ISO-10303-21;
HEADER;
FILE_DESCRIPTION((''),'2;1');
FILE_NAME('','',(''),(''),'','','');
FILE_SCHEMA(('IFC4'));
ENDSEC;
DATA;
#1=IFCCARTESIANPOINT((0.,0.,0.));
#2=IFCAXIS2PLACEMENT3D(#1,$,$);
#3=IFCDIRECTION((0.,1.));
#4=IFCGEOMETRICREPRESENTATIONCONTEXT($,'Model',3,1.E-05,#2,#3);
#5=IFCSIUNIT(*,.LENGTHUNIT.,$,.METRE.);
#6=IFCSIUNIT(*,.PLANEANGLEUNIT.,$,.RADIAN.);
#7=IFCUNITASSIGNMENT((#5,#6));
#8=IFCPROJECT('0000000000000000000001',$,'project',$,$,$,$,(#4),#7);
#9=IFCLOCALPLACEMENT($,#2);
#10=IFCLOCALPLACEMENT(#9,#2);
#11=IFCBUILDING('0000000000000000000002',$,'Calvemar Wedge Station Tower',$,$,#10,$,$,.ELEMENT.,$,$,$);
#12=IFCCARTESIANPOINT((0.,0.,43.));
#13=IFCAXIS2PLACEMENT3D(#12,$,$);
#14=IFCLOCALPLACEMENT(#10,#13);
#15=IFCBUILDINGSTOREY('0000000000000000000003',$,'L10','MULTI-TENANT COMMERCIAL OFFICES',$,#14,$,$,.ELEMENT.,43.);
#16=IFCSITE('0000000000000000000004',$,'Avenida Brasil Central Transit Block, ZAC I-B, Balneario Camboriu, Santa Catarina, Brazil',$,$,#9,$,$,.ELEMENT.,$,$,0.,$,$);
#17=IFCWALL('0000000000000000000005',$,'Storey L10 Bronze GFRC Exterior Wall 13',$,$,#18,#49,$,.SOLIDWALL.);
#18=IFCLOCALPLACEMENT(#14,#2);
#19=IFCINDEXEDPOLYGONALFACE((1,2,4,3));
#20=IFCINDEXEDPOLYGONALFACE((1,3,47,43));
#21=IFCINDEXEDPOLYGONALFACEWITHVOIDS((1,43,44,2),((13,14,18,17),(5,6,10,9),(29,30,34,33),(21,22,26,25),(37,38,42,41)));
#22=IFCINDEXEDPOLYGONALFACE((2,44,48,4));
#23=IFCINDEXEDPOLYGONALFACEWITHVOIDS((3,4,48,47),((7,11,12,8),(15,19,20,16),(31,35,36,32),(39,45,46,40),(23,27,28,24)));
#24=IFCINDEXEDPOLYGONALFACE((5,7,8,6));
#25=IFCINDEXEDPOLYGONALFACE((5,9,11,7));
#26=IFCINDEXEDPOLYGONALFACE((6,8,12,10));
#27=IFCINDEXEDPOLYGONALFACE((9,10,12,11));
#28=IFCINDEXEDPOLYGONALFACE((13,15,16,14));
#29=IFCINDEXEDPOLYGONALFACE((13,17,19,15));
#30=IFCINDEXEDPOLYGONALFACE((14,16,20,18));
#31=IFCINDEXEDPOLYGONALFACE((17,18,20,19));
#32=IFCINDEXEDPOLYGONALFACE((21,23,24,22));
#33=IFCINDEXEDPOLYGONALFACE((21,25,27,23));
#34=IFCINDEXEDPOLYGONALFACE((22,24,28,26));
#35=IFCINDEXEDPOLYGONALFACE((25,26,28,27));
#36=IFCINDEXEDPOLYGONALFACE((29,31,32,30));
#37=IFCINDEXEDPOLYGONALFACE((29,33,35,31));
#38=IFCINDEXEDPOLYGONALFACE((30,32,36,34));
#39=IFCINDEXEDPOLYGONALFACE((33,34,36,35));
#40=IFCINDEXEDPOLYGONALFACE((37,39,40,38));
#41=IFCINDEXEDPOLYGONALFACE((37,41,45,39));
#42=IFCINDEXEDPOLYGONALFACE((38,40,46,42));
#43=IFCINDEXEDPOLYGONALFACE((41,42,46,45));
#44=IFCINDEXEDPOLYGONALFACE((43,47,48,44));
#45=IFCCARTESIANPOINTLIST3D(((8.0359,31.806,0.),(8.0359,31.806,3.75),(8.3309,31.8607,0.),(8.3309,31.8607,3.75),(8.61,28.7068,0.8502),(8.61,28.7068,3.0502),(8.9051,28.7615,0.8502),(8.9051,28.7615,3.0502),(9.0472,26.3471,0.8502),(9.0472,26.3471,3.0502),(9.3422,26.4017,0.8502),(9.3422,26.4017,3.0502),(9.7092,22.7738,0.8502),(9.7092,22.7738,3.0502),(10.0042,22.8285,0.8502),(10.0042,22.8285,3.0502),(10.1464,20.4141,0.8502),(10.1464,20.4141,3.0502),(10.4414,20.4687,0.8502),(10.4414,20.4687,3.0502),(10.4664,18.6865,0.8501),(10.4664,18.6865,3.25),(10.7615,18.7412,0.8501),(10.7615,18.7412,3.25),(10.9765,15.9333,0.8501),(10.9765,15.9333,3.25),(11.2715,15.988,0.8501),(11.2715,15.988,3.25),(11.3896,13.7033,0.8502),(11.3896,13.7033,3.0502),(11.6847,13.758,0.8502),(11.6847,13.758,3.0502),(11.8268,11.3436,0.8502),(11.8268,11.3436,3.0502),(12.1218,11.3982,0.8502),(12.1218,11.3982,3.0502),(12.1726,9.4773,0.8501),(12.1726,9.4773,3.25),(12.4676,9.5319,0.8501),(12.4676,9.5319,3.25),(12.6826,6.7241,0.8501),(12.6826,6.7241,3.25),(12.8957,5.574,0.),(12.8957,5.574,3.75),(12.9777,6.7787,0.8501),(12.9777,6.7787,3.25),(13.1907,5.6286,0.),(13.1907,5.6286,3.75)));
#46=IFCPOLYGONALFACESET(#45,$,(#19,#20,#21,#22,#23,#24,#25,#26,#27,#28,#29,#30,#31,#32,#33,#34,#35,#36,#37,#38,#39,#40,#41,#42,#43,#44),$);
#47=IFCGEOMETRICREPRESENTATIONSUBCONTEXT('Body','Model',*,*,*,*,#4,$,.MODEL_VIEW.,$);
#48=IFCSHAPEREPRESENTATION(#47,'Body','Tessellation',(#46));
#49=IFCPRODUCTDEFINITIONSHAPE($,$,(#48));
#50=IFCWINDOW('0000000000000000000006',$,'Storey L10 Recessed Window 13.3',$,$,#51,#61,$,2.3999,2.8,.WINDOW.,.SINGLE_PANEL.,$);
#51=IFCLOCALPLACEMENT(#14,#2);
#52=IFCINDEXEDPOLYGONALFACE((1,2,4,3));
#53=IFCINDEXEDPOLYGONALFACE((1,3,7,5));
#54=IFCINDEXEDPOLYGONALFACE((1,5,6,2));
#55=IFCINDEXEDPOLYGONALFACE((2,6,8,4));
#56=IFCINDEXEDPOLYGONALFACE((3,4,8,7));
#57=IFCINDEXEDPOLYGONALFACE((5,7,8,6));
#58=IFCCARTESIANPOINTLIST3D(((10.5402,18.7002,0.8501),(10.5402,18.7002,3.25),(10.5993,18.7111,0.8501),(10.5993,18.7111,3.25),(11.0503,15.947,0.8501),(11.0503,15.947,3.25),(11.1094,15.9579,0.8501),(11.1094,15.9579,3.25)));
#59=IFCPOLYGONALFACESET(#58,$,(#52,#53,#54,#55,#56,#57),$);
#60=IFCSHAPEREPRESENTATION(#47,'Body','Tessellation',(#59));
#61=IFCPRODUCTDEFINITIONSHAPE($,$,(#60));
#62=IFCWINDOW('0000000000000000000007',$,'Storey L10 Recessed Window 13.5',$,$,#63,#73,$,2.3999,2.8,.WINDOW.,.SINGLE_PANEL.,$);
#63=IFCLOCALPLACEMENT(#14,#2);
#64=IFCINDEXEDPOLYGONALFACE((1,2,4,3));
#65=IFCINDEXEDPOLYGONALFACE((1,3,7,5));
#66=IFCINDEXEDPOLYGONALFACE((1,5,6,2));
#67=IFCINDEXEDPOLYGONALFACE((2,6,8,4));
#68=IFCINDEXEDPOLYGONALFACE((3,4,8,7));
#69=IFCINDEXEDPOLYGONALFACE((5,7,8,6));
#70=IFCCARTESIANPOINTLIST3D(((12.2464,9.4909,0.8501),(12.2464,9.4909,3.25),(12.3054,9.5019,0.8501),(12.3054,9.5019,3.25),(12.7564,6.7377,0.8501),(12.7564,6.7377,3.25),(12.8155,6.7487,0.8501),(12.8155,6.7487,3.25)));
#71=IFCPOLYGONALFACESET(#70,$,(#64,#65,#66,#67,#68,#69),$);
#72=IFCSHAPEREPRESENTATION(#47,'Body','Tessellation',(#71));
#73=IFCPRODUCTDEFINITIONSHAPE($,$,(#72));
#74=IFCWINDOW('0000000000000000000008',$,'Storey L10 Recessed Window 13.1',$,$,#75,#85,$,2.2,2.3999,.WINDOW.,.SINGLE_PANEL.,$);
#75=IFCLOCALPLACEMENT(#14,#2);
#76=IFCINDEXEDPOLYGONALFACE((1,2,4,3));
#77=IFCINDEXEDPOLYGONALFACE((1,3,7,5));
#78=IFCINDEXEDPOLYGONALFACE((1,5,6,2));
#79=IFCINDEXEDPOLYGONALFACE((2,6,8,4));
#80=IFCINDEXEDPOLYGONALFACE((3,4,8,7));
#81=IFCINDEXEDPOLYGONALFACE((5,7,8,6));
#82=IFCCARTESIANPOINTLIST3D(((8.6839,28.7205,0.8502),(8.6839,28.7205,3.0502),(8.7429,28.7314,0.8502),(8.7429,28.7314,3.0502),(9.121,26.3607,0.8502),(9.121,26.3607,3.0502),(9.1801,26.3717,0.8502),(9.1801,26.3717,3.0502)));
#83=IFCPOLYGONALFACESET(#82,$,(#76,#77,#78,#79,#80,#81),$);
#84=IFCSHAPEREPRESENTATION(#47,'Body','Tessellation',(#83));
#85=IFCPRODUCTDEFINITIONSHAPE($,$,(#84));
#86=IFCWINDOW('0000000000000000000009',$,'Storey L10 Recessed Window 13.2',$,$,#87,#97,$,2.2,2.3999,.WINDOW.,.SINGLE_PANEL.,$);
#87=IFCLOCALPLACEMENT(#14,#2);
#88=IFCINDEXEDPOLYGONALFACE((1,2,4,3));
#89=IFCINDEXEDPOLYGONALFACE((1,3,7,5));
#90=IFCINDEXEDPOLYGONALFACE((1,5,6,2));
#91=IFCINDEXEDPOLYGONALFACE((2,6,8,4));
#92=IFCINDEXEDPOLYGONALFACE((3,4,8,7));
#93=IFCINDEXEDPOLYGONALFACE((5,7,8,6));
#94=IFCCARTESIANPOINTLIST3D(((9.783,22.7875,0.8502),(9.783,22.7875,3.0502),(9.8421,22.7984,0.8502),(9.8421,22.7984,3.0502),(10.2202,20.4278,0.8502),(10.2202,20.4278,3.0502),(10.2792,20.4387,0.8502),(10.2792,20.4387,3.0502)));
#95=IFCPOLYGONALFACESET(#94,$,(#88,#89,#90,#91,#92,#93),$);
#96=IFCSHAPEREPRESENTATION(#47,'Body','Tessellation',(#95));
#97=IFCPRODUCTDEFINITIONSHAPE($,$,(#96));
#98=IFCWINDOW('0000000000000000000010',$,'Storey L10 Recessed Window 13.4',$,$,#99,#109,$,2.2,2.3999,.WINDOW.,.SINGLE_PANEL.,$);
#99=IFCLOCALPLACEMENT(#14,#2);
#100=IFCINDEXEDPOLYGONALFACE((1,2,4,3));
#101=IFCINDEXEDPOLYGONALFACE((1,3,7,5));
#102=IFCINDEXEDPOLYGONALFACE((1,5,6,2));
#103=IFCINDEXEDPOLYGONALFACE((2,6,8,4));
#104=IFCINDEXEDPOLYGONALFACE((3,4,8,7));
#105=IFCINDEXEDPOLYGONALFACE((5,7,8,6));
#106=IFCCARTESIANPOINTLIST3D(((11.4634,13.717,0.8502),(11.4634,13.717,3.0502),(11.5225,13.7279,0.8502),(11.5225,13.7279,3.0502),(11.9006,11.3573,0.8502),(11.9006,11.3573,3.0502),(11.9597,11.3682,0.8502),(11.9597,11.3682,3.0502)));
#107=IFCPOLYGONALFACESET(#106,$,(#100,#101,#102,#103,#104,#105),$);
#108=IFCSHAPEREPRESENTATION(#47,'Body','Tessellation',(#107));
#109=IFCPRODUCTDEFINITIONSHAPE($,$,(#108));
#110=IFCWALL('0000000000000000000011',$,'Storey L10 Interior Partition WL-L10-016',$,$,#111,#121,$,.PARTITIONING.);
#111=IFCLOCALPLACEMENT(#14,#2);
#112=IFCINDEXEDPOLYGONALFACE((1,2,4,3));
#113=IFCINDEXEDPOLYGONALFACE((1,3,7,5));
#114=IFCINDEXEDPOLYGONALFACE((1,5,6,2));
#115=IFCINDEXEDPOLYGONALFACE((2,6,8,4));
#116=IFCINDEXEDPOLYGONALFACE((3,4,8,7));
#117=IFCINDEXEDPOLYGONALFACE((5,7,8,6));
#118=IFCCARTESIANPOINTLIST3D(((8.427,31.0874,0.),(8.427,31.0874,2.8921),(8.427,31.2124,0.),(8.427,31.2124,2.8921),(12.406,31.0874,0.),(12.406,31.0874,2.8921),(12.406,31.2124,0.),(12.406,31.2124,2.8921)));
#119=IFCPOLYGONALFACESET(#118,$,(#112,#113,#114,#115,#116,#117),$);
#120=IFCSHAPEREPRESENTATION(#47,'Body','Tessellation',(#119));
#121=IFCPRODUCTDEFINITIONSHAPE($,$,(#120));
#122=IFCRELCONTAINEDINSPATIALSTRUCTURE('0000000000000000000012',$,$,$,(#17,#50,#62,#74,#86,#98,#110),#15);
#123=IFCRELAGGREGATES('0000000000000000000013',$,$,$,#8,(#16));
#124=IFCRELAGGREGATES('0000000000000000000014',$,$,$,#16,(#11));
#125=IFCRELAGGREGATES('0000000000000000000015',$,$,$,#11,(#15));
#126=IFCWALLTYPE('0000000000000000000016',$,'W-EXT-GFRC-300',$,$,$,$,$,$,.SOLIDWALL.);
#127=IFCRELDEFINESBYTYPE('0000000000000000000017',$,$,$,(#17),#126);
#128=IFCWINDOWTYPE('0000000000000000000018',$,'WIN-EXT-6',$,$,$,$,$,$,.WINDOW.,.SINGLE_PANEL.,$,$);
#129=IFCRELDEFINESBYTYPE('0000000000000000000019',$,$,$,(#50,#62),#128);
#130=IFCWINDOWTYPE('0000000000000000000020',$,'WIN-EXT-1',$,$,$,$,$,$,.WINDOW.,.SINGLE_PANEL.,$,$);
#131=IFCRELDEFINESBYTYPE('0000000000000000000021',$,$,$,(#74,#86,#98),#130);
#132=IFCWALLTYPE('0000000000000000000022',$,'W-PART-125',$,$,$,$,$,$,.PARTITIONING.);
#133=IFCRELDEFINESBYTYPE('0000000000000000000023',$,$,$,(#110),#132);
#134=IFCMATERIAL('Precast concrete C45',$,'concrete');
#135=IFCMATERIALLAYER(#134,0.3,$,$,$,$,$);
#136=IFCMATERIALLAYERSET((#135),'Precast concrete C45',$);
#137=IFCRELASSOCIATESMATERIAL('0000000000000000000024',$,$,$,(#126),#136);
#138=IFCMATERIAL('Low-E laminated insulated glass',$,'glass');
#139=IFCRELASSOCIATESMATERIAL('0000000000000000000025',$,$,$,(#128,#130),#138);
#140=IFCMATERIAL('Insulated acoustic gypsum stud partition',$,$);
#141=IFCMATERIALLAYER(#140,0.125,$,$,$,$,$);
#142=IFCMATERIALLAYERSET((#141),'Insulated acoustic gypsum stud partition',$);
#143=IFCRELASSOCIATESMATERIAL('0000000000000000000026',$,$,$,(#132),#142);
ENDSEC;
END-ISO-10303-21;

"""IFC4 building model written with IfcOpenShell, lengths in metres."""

from ifc_helpers import new_model, si_unit, direction, frame, frame_2d, origin, place, context, subcontext, project, spatial, rectangle, extrude, source, transform, mapped, material, layer, layer_set, type_object, element, fill, save


model = new_model("IFC4")

# Units and contexts
model_context = context("Model", 3, precision=1e-05, world=origin(), true_north=direction((0.0, 1.0)))
body_context = subcontext(model_context, "Body", "Model", "MODEL_VIEW")
ifc_project = project(units=[si_unit("LENGTHUNIT", "METRE"), si_unit("PLANEANGLEUNIT", "RADIAN")], contexts=[model_context])

# Site, building, storey
site_placement = place(None, origin())
site = spatial("IfcSite", under=ifc_project, at=site_placement, Name="Avenida Brasil Central Transit Block, ZAC I-B, Balneario Camboriu, Santa Catarina, Brazil", CompositionType="ELEMENT", RefElevation=0.0)
building_placement = place(site_placement, origin())
building = spatial("IfcBuilding", under=site, at=building_placement, Name="Calvemar Wedge Station Tower", CompositionType="ELEMENT")
storey_placement = place(building_placement, frame((0.0, 0.0, 43.0)))
storey = spatial("IfcBuildingStorey", under=building, at=storey_placement, Name="L10", Description="MULTI-TENANT COMMERCIAL OFFICES", CompositionType="ELEMENT", Elevation=43.0)

# Wall, openings, windows
ifc_material_1 = material(Name="Precast concrete C45", Category="concrete")
ifc_layer_1 = layer(ifc_material_1, 0.3)
ifc_layer_set_1 = layer_set([ifc_layer_1], Name="Precast concrete C45")
wall_type_1 = type_object("IfcWallType", Name="W-EXT-GFRC-300", PredefinedType="SOLIDWALL", material=ifc_layer_set_1)
wall_1_placement = place(storey_placement, frame((8.1833, 31.8335, 0.0), z_axis=(0.0, 0.0, 1.0), x_axis=(0.182164, -0.983268, 0.0)))
wall_1 = element("IfcWall", 1, at=wall_1_placement, inside=storey, type_object=wall_type_1, Name="Storey L10 Bronze GFRC Exterior Wall 13", PredefinedType="SOLIDWALL", context=body_context, shape_type="SweptSolid", body=[
    extrude(rectangle(XDim=26.6785, YDim=0.3, at=frame_2d((13.3394, 0.0))), origin(), (0.0, 0.0, 1.0), 3.75),
])
shared_shape_1 = source(origin(), body_context, "Body", "SweptSolid", [
    extrude(rectangle(XDim=2.3999, YDim=2.2, at=frame_2d((1.2, 1.1001))), frame((0.0, 0.1602, 0.0), z_axis=(0.0, -1.0, 0.0), x_axis=(1.0, 0.0, 0.0)), (0.0, 0.0, 1.0), 0.3201),
])
opening_1_placement = place(wall_1_placement, frame((3.1521, 0.0, 0.8501)))
opening_1 = element("IfcOpeningElement", 2, at=opening_1_placement, cuts=wall_1, PredefinedType="OPENING", context=body_context, shape_type="MappedRepresentation", body=[
    mapped(shared_shape_1, transform((0.0, 0.0, 0.0), scale=1.0)),
])
opening_2_placement = place(wall_1_placement, frame((9.186, 0.0, 0.8501)))
opening_2 = element("IfcOpeningElement", 3, at=opening_2_placement, cuts=wall_1, PredefinedType="OPENING", context=body_context, shape_type="MappedRepresentation", body=[
    mapped(shared_shape_1, transform((0.0, 0.0, 0.0), scale=1.0)),
])
shared_shape_2 = source(origin(), body_context, "Body", "SweptSolid", [
    extrude(rectangle(XDim=2.8, YDim=2.3999, at=frame_2d((1.3999, 1.2))), frame((0.0, 0.1602, 0.0), z_axis=(0.0, -1.0, 0.0), x_axis=(1.0, 0.0, 0.0)), (0.0, 0.0, 1.0), 0.3201),
])
opening_3_placement = place(wall_1_placement, frame((13.343, 0.0, 0.8501)))
opening_3 = element("IfcOpeningElement", 4, at=opening_3_placement, cuts=wall_1, PredefinedType="OPENING", context=body_context, shape_type="MappedRepresentation", body=[
    mapped(shared_shape_2, transform((0.0, 0.0, 0.0), scale=1.0)),
])
opening_4_placement = place(wall_1_placement, frame((18.4109, 0.0, 0.8501)))
opening_4 = element("IfcOpeningElement", 5, at=opening_4_placement, cuts=wall_1, PredefinedType="OPENING", context=body_context, shape_type="MappedRepresentation", body=[
    mapped(shared_shape_1, transform((0.0, 0.0, 0.0), scale=1.0)),
])
opening_5_placement = place(wall_1_placement, frame((22.709, 0.0, 0.8501)))
opening_5 = element("IfcOpeningElement", 6, at=opening_5_placement, cuts=wall_1, PredefinedType="OPENING", context=body_context, shape_type="MappedRepresentation", body=[
    mapped(shared_shape_2, transform((0.0, 0.0, 0.0), scale=1.0)),
])
ifc_material_2 = material(Name="Low-E laminated insulated glass", Category="glass")
window_type_1 = type_object("IfcWindowType", Name="WIN-EXT-6", PartitioningType="SINGLE_PANEL", PredefinedType="WINDOW", material=ifc_material_2)
shared_shape_3 = source(origin(), body_context, "Body", "SweptSolid", [
    extrude(rectangle(XDim=2.8, YDim=2.3999, at=frame_2d((1.3999, 1.2))), frame((0.0, -0.0149, 0.0), z_axis=(0.0, -1.0, 0.0), x_axis=(1.0, 0.0, 0.0)), (0.0, 0.0, 1.0), 0.0601),
])
window_1_placement = place(opening_3_placement, origin())
window_1 = element("IfcWindow", 7, at=window_1_placement, inside=storey, type_object=window_type_1, Name="Storey L10 Recessed Window 13.3", OverallHeight=2.3999, OverallWidth=2.8, PartitioningType="SINGLE_PANEL", PredefinedType="WINDOW", context=body_context, shape_type="MappedRepresentation", body=[
    mapped(shared_shape_3, transform((0.0, 0.0, 0.0), scale=1.0)),
])
fill(opening_3, window_1)
window_2_placement = place(opening_5_placement, origin())
window_2 = element("IfcWindow", 8, at=window_2_placement, inside=storey, type_object=window_type_1, Name="Storey L10 Recessed Window 13.5", OverallHeight=2.3999, OverallWidth=2.8, PartitioningType="SINGLE_PANEL", PredefinedType="WINDOW", context=body_context, shape_type="MappedRepresentation", body=[
    mapped(shared_shape_3, transform((0.0, 0.0, 0.0), scale=1.0)),
])
fill(opening_5, window_2)
window_type_2 = type_object("IfcWindowType", Name="WIN-EXT-1", PartitioningType="SINGLE_PANEL", PredefinedType="WINDOW", material=ifc_material_2)
shared_shape_4 = source(origin(), body_context, "Body", "SweptSolid", [
    extrude(rectangle(XDim=2.3999, YDim=2.2, at=frame_2d((1.2, 1.1001))), frame((0.0, -0.0149, 0.0), z_axis=(0.0, -1.0, 0.0), x_axis=(1.0, 0.0, 0.0)), (0.0, 0.0, 1.0), 0.0601),
])
window_3_placement = place(opening_1_placement, origin())
window_3 = element("IfcWindow", 9, at=window_3_placement, inside=storey, type_object=window_type_2, Name="Storey L10 Recessed Window 13.1", OverallHeight=2.2, OverallWidth=2.3999, PartitioningType="SINGLE_PANEL", PredefinedType="WINDOW", context=body_context, shape_type="MappedRepresentation", body=[
    mapped(shared_shape_4, transform((0.0, 0.0, 0.0), scale=1.0)),
])
fill(opening_1, window_3)
window_4_placement = place(opening_2_placement, origin())
window_4 = element("IfcWindow", 10, at=window_4_placement, inside=storey, type_object=window_type_2, Name="Storey L10 Recessed Window 13.2", OverallHeight=2.2, OverallWidth=2.3999, PartitioningType="SINGLE_PANEL", PredefinedType="WINDOW", context=body_context, shape_type="MappedRepresentation", body=[
    mapped(shared_shape_4, transform((0.0, 0.0, 0.0), scale=1.0)),
])
fill(opening_2, window_4)
window_5_placement = place(opening_4_placement, origin())
window_5 = element("IfcWindow", 11, at=window_5_placement, inside=storey, type_object=window_type_2, Name="Storey L10 Recessed Window 13.4", OverallHeight=2.2, OverallWidth=2.3999, PartitioningType="SINGLE_PANEL", PredefinedType="WINDOW", context=body_context, shape_type="MappedRepresentation", body=[
    mapped(shared_shape_4, transform((0.0, 0.0, 0.0), scale=1.0)),
])
fill(opening_4, window_5)

# Wall
ifc_material_3 = material(Name="Insulated acoustic gypsum stud partition")
ifc_layer_2 = layer(ifc_material_3, 0.125)
ifc_layer_set_2 = layer_set([ifc_layer_2], Name="Insulated acoustic gypsum stud partition")
wall_type_2 = type_object("IfcWallType", Name="W-PART-125", PredefinedType="PARTITIONING", material=ifc_layer_set_2)
wall_2_placement = place(storey_placement, frame((12.406, 31.1499, 0.0), z_axis=(0.0, 0.0, 1.0), x_axis=(-1.0, 0.0, 0.0)))
element("IfcWall", 12, at=wall_2_placement, inside=storey, type_object=wall_type_2, Name="Storey L10 Interior Partition WL-L10-016", PredefinedType="PARTITIONING", context=body_context, shape_type="SweptSolid", body=[
    extrude(rectangle(XDim=3.979, YDim=0.125, at=frame_2d((1.9895, 0.0))), origin(), (0.0, 0.0, 1.0), 2.8921),
])

save(model, "model.ifc")
